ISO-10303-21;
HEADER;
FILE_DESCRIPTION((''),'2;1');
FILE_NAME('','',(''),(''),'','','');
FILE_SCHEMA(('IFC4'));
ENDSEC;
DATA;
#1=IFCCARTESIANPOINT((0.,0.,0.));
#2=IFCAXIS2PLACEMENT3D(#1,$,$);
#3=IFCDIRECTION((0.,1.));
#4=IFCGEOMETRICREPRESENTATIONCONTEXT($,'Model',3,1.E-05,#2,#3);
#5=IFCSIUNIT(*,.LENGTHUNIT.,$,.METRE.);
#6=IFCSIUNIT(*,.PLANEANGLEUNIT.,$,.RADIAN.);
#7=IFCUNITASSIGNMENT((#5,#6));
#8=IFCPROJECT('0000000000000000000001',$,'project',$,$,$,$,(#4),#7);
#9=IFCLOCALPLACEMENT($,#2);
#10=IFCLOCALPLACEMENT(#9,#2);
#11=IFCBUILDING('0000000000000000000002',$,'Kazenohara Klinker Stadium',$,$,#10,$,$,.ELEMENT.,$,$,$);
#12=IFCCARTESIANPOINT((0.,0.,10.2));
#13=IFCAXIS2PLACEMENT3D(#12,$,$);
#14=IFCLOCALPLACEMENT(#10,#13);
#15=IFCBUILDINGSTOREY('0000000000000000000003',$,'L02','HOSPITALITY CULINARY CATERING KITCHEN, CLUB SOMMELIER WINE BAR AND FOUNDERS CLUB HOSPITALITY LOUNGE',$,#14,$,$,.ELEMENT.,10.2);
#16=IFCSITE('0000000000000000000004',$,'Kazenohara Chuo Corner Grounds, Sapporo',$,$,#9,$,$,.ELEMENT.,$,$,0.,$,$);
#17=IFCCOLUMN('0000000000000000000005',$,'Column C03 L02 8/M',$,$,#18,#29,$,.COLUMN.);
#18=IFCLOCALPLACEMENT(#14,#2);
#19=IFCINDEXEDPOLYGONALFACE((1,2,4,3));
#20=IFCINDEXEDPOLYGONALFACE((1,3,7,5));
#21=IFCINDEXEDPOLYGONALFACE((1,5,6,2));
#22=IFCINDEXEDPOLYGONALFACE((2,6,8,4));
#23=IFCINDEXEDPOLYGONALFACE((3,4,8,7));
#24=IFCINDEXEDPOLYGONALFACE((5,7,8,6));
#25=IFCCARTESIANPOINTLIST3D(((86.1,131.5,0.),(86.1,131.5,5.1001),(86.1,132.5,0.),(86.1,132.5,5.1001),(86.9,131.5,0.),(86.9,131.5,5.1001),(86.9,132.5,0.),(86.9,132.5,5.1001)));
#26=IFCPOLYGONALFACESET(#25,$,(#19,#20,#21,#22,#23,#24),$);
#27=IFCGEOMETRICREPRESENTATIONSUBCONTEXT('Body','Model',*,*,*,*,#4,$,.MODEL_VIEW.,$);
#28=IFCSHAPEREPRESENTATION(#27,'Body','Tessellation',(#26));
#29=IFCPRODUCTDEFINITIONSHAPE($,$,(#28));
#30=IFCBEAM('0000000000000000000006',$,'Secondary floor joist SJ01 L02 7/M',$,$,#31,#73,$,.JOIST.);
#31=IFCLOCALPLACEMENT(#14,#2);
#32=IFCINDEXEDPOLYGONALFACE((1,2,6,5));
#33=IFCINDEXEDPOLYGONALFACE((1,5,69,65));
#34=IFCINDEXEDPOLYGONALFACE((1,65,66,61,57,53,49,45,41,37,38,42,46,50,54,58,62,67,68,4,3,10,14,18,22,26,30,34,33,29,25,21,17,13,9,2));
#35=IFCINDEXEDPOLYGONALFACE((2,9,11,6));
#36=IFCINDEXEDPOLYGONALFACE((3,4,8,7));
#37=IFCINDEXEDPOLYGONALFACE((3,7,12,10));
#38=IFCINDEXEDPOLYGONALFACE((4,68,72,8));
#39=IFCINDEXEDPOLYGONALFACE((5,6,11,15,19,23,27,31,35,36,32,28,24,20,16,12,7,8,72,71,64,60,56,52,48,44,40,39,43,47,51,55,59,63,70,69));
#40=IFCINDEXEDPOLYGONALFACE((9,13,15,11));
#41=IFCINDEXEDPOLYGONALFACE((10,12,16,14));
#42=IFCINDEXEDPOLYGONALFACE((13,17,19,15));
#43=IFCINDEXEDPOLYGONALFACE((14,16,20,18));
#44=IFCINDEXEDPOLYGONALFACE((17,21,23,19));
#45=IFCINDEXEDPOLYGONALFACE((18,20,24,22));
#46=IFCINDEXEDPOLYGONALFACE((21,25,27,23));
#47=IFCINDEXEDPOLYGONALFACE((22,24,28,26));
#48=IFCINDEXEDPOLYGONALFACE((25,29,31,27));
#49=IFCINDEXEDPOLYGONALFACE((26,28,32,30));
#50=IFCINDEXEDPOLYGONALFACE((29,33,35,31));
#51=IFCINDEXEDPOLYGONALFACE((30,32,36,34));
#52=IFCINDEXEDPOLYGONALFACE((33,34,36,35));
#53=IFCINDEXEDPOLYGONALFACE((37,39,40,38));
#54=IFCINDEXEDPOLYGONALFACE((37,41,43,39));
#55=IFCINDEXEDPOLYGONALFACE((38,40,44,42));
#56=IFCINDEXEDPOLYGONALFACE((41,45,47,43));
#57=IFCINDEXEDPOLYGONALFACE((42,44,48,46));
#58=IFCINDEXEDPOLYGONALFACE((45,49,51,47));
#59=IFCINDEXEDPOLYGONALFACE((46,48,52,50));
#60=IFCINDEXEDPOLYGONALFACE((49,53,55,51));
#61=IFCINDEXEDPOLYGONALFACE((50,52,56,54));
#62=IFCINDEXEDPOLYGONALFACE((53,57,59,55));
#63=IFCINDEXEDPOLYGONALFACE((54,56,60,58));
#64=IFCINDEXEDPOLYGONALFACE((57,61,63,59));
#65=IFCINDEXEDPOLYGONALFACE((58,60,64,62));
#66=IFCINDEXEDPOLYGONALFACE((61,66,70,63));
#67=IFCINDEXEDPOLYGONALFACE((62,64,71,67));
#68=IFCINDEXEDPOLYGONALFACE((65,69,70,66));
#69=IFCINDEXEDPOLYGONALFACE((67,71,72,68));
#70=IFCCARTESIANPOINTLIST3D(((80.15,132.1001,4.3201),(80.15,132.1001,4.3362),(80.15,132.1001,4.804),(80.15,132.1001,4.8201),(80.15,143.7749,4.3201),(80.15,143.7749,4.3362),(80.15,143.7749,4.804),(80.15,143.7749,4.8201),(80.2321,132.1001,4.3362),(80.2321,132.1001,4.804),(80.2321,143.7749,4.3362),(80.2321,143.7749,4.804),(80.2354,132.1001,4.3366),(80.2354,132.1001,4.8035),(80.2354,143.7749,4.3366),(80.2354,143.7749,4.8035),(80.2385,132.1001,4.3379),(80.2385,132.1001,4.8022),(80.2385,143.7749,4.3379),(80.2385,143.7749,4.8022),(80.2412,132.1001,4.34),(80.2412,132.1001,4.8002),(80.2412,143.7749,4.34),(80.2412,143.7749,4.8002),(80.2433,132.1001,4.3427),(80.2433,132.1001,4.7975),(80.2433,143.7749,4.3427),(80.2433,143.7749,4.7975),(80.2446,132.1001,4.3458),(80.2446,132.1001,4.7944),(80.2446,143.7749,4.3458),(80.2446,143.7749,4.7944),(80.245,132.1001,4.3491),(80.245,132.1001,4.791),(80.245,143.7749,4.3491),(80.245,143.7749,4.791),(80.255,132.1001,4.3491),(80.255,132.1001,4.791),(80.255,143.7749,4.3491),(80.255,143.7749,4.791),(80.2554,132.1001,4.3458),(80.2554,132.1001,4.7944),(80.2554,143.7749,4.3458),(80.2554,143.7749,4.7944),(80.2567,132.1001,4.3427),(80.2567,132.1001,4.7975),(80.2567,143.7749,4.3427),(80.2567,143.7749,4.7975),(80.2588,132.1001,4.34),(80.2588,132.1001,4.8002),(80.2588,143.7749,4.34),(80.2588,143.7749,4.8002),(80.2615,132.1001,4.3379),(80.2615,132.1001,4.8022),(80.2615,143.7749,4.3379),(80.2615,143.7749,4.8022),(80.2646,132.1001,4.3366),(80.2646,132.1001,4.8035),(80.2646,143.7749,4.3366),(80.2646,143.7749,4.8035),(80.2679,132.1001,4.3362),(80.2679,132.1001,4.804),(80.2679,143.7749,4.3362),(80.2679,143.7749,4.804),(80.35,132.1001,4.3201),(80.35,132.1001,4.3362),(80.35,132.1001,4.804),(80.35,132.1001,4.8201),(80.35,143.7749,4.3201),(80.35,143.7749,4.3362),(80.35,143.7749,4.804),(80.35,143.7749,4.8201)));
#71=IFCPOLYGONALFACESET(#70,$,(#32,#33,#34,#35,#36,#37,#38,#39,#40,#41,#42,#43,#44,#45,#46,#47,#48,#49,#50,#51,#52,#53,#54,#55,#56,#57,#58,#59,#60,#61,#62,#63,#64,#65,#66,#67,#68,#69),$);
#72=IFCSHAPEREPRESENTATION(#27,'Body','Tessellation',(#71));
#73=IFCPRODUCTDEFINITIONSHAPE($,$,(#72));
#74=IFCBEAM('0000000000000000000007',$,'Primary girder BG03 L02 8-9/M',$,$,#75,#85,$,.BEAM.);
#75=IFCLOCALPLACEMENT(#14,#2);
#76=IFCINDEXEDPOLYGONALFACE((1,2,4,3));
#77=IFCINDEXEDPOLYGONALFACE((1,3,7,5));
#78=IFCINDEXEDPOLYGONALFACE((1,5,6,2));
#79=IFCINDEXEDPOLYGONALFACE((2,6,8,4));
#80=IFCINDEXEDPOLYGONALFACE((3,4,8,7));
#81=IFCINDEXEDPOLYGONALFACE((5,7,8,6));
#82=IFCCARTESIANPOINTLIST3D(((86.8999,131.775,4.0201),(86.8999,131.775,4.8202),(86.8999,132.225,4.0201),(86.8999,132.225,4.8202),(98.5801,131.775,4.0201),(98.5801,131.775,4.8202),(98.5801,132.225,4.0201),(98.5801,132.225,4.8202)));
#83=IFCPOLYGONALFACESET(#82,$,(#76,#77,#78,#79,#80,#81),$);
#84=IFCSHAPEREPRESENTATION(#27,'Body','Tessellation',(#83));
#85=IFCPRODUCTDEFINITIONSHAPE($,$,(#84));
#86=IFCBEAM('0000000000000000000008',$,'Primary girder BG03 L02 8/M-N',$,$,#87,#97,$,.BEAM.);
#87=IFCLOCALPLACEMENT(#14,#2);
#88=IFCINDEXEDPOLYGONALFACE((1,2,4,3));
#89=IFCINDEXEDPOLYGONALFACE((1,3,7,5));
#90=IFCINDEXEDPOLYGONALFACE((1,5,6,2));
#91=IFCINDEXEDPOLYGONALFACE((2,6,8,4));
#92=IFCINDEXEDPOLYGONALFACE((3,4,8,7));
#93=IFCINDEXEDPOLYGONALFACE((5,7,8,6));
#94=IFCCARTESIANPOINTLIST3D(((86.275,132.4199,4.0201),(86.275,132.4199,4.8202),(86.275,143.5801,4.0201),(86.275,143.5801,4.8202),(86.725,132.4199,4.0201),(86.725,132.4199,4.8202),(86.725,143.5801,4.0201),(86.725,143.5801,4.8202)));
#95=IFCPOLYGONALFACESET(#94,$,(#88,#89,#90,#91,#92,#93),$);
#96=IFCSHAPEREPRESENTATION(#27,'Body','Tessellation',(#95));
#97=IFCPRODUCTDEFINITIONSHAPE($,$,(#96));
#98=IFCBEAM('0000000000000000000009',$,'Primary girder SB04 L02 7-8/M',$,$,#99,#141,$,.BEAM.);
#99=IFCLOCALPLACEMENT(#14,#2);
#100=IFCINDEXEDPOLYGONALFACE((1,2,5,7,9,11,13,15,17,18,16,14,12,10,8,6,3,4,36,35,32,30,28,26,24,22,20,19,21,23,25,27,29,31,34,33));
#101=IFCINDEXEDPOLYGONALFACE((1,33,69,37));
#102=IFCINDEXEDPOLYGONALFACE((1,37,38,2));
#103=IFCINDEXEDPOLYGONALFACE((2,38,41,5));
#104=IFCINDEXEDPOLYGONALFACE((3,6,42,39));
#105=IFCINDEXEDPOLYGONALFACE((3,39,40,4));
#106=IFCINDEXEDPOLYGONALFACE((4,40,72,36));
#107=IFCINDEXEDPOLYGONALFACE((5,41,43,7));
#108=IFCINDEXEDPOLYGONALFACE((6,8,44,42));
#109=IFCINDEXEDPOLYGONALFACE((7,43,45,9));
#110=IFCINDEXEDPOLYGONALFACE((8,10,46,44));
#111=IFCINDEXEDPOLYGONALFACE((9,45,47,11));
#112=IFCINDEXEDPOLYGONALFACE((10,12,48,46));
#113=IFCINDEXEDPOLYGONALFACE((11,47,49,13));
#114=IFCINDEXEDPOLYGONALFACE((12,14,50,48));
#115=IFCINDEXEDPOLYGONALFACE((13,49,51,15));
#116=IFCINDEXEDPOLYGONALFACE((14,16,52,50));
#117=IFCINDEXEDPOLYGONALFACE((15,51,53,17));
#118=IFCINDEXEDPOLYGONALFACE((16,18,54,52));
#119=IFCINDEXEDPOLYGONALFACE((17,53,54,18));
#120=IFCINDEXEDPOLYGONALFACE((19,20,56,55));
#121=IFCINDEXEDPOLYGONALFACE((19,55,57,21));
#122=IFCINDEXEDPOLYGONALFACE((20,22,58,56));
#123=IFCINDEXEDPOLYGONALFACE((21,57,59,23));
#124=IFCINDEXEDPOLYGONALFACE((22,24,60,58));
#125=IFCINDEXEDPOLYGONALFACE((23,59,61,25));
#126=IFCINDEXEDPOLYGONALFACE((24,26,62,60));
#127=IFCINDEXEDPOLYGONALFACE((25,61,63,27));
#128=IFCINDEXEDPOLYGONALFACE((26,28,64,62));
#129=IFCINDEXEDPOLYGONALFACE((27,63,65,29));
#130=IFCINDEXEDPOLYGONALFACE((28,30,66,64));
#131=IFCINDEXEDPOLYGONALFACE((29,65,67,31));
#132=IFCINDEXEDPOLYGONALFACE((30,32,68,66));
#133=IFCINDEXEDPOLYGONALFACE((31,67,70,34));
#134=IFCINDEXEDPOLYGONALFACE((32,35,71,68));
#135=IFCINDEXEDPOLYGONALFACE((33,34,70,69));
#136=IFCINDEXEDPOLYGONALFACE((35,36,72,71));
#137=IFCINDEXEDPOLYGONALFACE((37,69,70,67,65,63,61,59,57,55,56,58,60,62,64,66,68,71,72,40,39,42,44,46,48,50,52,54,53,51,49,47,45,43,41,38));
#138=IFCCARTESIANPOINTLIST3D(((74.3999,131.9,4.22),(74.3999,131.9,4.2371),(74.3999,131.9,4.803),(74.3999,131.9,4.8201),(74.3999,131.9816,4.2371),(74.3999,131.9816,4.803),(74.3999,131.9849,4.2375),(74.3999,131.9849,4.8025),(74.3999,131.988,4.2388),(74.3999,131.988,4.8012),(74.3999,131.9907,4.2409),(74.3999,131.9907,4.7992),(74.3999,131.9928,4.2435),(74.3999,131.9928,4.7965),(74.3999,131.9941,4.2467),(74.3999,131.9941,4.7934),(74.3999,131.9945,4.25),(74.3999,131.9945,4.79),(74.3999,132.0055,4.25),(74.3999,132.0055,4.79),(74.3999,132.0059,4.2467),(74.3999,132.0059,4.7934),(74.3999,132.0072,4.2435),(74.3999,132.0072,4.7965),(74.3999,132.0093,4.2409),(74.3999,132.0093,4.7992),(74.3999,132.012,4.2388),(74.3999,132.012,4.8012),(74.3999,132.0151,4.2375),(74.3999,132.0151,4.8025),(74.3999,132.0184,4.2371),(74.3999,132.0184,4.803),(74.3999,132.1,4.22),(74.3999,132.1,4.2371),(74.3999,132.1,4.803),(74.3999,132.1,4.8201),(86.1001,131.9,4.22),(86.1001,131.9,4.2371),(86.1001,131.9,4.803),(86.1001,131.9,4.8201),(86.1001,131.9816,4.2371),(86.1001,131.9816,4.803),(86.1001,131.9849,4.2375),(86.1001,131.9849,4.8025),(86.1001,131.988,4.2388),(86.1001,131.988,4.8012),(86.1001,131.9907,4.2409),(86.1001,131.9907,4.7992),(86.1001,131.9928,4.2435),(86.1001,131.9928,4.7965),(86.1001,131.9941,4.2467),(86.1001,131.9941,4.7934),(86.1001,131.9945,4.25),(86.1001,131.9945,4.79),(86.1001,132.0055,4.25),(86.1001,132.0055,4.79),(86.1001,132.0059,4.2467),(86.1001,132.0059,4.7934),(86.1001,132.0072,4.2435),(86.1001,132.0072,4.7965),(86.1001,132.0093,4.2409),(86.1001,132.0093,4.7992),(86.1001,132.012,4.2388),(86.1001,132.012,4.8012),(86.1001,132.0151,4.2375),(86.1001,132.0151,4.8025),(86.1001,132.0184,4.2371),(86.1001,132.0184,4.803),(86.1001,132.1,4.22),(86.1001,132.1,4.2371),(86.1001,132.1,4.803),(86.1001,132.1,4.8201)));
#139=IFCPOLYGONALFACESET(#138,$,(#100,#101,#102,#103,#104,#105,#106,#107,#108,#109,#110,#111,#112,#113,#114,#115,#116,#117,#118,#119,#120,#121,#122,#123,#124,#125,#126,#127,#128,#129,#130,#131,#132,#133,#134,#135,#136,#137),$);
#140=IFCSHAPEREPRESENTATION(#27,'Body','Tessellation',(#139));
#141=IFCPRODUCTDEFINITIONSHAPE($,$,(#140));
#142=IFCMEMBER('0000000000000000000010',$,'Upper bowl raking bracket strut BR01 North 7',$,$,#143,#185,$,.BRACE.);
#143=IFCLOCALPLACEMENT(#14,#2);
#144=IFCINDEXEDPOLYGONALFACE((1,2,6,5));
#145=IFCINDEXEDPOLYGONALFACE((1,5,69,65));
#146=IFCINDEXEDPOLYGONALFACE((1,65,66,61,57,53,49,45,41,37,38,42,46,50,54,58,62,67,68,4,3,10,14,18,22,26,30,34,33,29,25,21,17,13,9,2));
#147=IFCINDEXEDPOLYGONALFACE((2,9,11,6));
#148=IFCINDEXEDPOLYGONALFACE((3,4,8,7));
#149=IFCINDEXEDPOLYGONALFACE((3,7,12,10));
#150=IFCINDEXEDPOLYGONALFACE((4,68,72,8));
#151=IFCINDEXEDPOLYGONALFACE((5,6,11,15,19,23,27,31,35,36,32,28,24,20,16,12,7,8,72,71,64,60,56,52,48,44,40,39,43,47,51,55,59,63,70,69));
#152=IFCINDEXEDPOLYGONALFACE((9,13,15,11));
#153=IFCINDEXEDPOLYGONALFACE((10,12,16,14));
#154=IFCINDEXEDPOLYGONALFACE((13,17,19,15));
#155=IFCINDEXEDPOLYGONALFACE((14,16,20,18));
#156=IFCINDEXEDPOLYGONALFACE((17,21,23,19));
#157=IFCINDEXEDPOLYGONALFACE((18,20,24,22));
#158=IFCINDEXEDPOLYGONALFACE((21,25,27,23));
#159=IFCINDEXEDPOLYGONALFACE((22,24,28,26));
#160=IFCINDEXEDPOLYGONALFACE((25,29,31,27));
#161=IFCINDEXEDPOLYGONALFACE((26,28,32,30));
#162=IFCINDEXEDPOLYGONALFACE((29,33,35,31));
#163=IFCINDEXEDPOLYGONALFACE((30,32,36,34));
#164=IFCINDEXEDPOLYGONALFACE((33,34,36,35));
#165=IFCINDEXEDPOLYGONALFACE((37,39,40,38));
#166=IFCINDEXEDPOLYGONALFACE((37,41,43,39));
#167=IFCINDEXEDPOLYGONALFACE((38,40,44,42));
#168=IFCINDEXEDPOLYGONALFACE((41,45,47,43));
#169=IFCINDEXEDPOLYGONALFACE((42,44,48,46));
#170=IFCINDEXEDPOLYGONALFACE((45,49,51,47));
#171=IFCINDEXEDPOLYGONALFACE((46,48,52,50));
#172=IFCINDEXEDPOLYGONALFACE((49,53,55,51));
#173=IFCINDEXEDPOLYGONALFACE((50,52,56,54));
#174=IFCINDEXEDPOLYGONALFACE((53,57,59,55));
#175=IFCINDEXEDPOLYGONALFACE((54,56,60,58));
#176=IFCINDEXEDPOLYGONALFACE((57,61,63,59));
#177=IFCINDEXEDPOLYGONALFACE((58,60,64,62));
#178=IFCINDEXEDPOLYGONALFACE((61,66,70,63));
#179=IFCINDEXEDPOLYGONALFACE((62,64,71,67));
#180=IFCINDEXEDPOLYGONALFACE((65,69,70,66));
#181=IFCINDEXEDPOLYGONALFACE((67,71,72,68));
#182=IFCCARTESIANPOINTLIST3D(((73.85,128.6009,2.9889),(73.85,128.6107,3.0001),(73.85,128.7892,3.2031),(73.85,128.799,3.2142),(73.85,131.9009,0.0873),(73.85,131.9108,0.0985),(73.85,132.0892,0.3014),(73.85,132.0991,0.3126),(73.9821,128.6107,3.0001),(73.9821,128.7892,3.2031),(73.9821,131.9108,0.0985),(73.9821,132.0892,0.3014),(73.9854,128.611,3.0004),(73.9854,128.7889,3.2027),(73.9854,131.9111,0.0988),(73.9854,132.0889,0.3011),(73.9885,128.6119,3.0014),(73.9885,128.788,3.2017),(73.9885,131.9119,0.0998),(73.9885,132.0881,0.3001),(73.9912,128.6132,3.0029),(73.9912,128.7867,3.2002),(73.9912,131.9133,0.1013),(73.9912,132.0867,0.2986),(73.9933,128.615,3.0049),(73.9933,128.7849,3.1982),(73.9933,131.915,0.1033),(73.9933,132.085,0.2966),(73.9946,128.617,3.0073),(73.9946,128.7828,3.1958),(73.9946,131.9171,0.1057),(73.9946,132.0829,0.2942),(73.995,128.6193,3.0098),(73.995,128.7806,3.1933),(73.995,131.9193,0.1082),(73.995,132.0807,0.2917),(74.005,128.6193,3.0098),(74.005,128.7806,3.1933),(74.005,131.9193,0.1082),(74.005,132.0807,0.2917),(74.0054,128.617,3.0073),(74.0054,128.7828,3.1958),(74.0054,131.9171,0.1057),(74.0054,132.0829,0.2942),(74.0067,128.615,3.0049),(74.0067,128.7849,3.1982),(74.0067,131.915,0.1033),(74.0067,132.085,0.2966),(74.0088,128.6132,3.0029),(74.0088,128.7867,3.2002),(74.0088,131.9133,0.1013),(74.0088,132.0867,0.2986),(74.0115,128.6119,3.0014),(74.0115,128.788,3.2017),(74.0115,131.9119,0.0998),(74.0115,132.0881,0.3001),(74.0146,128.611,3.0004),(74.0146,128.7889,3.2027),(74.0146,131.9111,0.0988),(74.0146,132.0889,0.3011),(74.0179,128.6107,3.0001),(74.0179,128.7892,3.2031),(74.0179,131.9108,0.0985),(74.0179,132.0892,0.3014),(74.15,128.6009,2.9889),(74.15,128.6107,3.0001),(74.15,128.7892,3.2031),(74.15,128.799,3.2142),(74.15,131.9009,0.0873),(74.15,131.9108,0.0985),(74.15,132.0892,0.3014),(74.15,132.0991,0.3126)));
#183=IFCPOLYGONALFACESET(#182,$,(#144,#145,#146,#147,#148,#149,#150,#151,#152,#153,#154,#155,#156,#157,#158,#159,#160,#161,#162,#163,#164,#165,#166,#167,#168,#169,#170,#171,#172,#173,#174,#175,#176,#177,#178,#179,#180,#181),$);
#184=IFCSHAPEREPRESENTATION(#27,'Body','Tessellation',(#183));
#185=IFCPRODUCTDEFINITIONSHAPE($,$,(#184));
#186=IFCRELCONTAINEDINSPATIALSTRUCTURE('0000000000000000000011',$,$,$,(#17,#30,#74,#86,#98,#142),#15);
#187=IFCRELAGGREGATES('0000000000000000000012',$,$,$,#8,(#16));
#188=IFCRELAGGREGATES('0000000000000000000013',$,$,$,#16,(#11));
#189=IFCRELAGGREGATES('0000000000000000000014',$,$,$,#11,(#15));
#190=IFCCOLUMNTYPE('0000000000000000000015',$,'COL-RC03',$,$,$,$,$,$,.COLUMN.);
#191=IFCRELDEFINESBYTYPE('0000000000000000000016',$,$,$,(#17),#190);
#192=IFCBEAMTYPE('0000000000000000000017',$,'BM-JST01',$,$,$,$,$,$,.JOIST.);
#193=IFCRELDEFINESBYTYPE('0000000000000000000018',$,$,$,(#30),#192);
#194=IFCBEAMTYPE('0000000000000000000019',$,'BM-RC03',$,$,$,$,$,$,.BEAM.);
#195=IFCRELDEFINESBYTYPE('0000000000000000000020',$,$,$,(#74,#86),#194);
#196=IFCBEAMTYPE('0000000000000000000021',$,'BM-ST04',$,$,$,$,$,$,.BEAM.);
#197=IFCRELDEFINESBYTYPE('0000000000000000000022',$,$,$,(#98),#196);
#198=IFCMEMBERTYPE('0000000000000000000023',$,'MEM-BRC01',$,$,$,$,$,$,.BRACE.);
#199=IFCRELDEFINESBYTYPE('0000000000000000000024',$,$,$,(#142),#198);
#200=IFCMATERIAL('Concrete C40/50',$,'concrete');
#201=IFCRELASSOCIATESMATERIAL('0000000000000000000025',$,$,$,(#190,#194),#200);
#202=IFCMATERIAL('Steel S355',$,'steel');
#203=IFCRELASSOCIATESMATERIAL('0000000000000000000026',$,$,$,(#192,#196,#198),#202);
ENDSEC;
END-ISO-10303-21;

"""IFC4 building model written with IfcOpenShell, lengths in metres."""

from ifc_helpers import new_model, si_unit, direction, frame, origin, origin_2d, place, context, subcontext, project, spatial, rectangle, i_section, extrude, material, material_profile, profile_set, type_object, element, save


model = new_model("IFC4")

# Units and contexts
model_context = context("Model", 3, precision=1e-05, world=origin(), true_north=direction((0.0, 1.0)))
body_context = subcontext(model_context, "Body", "Model", "MODEL_VIEW")
ifc_project = project(units=[si_unit("LENGTHUNIT", "METRE"), si_unit("PLANEANGLEUNIT", "RADIAN")], contexts=[model_context])

# Site, building, storey
site_placement = place(None, origin())
site = spatial("IfcSite", under=ifc_project, at=site_placement, Name="Kazenohara Chuo Corner Grounds, Sapporo", CompositionType="ELEMENT", RefElevation=0.0)
building_placement = place(site_placement, origin())
building = spatial("IfcBuilding", under=site, at=building_placement, Name="Kazenohara Klinker Stadium", CompositionType="ELEMENT")
storey_placement = place(building_placement, frame((0.0, 0.0, 10.2)))
storey = spatial("IfcBuildingStorey", under=building, at=storey_placement, Name="L02", Description="HOSPITALITY CULINARY CATERING KITCHEN, CLUB SOMMELIER WINE BAR AND FOUNDERS CLUB HOSPITALITY LOUNGE", CompositionType="ELEMENT", Elevation=10.2)

# Column
ifc_material_1 = material(Name="Concrete C40/50", Category="concrete")
ifc_material_profile_1 = material_profile(ifc_material_1, rectangle(XDim=0.8, YDim=1.0, at=origin_2d()), Name="RC-COL-1000x800")
ifc_profile_set_1 = profile_set([ifc_material_profile_1], Name="Concrete C40/50")
column_type = type_object("IfcColumnType", Name="COL-RC03", PredefinedType="COLUMN", material=ifc_profile_set_1)
column_placement = place(storey_placement, frame((86.5, 132.0, 0.0), z_axis=(0.0, 0.0, 1.0), x_axis=(1.0, 0.0, 0.0)))
element("IfcColumn", 1, at=column_placement, inside=storey, type_object=column_type, Name="Column C03 L02 8/M", PredefinedType="COLUMN", context=body_context, shape_type="SweptSolid", body=[
    extrude(rectangle(XDim=0.8, YDim=1.0, at=origin_2d()), origin(), (0.0, 0.0, 1.0), 5.1001),
])

# Beams
ifc_material_2 = material(Name="Steel S355", Category="steel")
ifc_material_profile_2 = material_profile(ifc_material_2, i_section(OverallWidth=0.2, OverallDepth=0.5, WebThickness=0.01, FlangeThickness=0.0161, FilletRadius=0.0129, at=origin_2d()), Name="H-500x200x10x16")
ifc_profile_set_2 = profile_set([ifc_material_profile_2], Name="Steel S355")
beam_type_1 = type_object("IfcBeamType", Name="BM-JST01", PredefinedType="JOIST", material=ifc_profile_set_2)
beam_1_placement = place(storey_placement, frame((80.25, 132.1001, 4.5701), z_axis=(0.0, 1.0, 0.0), x_axis=(-1.0, 0.0, 0.0)))
element("IfcBeam", 2, at=beam_1_placement, inside=storey, type_object=beam_type_1, Name="Secondary floor joist SJ01 L02 7/M", PredefinedType="JOIST", context=body_context, shape_type="SweptSolid", body=[
    extrude(i_section(OverallWidth=0.2, OverallDepth=0.5, WebThickness=0.01, FlangeThickness=0.0161, FilletRadius=0.0129, at=origin_2d()), origin(), (0.0, 0.0, 1.0), 11.6748),
])
ifc_material_profile_3 = material_profile(ifc_material_1, rectangle(XDim=0.45, YDim=0.8, at=origin_2d()), Name="RC-BM-450x800")
ifc_profile_set_3 = profile_set([ifc_material_profile_3], Name="Concrete C40/50")
beam_type_2 = type_object("IfcBeamType", Name="BM-RC03", PredefinedType="BEAM", material=ifc_profile_set_3)
beam_2_placement = place(storey_placement, frame((86.8999, 132.0, 4.4202), z_axis=(1.0, 0.0, 0.0), x_axis=(0.0, 1.0, 0.0)))
element("IfcBeam", 3, at=beam_2_placement, inside=storey, type_object=beam_type_2, Name="Primary girder BG03 L02 8-9/M", PredefinedType="BEAM", context=body_context, shape_type="SweptSolid", body=[
    extrude(rectangle(XDim=0.45, YDim=0.8, at=origin_2d()), origin(), (0.0, 0.0, 1.0), 11.6802),
])
beam_3_placement = place(storey_placement, frame((86.5, 132.4199, 4.4202), z_axis=(0.0, 1.0, 0.0), x_axis=(-1.0, 0.0, 0.0)))
element("IfcBeam", 4, at=beam_3_placement, inside=storey, type_object=beam_type_2, Name="Primary girder BG03 L02 8/M-N", PredefinedType="BEAM", context=body_context, shape_type="SweptSolid", body=[
    extrude(rectangle(XDim=0.45, YDim=0.8, at=origin_2d()), origin(), (0.0, 0.0, 1.0), 11.1602),
])
ifc_material_profile_4 = material_profile(ifc_material_2, i_section(OverallWidth=0.2, OverallDepth=0.6001, WebThickness=0.011, FlangeThickness=0.0171, FilletRadius=0.0129, at=origin_2d()), Name="H-600x200x11x17")
ifc_profile_set_4 = profile_set([ifc_material_profile_4], Name="Steel S355")
beam_type_3 = type_object("IfcBeamType", Name="BM-ST04", PredefinedType="BEAM", material=ifc_profile_set_4)
beam_4_placement = place(storey_placement, frame((74.3999, 132.0, 4.52), z_axis=(1.0, 0.0, 0.0), x_axis=(0.0, 1.0, 0.0)))
element("IfcBeam", 5, at=beam_4_placement, inside=storey, type_object=beam_type_3, Name="Primary girder SB04 L02 7-8/M", PredefinedType="BEAM", context=body_context, shape_type="SweptSolid", body=[
    extrude(i_section(OverallWidth=0.2, OverallDepth=0.6001, WebThickness=0.011, FlangeThickness=0.0171, FilletRadius=0.0129, at=origin_2d()), origin(), (0.0, 0.0, 1.0), 11.7002),
])

# Member
ifc_material_profile_5 = material_profile(ifc_material_2, i_section(OverallWidth=0.3, OverallDepth=0.3, WebThickness=0.01, FlangeThickness=0.0149, FilletRadius=0.0129, at=origin_2d()), Name="H-300x300x10x15")
ifc_profile_set_5 = profile_set([ifc_material_profile_5], Name="Steel S355")
member_type = type_object("IfcMemberType", Name="MEM-BRC01", PredefinedType="BRACE", material=ifc_profile_set_5)
for number, where, z_axis, x_axis, name in (
    (6, (74.0, 132.0, 0.2), (0.0, -0.750988, 0.660316), (1.0, 0.0, 0.0), "Upper bowl raking bracket strut BR01 North 7"),
):
    element("IfcMember", number, at=place(storey_placement, frame(where, z_axis=z_axis, x_axis=x_axis)), inside=storey, type_object=member_type, Name=name, PredefinedType="BRACE", context=body_context, shape_type="SweptSolid", body=[
        extrude(i_section(OverallWidth=0.3, OverallDepth=0.3, WebThickness=0.01, FlangeThickness=0.0149, FilletRadius=0.0129, at=origin_2d()), origin(), (0.0, 0.0, 1.0), 4.3943),
    ])

save(model, "model.ifc")
